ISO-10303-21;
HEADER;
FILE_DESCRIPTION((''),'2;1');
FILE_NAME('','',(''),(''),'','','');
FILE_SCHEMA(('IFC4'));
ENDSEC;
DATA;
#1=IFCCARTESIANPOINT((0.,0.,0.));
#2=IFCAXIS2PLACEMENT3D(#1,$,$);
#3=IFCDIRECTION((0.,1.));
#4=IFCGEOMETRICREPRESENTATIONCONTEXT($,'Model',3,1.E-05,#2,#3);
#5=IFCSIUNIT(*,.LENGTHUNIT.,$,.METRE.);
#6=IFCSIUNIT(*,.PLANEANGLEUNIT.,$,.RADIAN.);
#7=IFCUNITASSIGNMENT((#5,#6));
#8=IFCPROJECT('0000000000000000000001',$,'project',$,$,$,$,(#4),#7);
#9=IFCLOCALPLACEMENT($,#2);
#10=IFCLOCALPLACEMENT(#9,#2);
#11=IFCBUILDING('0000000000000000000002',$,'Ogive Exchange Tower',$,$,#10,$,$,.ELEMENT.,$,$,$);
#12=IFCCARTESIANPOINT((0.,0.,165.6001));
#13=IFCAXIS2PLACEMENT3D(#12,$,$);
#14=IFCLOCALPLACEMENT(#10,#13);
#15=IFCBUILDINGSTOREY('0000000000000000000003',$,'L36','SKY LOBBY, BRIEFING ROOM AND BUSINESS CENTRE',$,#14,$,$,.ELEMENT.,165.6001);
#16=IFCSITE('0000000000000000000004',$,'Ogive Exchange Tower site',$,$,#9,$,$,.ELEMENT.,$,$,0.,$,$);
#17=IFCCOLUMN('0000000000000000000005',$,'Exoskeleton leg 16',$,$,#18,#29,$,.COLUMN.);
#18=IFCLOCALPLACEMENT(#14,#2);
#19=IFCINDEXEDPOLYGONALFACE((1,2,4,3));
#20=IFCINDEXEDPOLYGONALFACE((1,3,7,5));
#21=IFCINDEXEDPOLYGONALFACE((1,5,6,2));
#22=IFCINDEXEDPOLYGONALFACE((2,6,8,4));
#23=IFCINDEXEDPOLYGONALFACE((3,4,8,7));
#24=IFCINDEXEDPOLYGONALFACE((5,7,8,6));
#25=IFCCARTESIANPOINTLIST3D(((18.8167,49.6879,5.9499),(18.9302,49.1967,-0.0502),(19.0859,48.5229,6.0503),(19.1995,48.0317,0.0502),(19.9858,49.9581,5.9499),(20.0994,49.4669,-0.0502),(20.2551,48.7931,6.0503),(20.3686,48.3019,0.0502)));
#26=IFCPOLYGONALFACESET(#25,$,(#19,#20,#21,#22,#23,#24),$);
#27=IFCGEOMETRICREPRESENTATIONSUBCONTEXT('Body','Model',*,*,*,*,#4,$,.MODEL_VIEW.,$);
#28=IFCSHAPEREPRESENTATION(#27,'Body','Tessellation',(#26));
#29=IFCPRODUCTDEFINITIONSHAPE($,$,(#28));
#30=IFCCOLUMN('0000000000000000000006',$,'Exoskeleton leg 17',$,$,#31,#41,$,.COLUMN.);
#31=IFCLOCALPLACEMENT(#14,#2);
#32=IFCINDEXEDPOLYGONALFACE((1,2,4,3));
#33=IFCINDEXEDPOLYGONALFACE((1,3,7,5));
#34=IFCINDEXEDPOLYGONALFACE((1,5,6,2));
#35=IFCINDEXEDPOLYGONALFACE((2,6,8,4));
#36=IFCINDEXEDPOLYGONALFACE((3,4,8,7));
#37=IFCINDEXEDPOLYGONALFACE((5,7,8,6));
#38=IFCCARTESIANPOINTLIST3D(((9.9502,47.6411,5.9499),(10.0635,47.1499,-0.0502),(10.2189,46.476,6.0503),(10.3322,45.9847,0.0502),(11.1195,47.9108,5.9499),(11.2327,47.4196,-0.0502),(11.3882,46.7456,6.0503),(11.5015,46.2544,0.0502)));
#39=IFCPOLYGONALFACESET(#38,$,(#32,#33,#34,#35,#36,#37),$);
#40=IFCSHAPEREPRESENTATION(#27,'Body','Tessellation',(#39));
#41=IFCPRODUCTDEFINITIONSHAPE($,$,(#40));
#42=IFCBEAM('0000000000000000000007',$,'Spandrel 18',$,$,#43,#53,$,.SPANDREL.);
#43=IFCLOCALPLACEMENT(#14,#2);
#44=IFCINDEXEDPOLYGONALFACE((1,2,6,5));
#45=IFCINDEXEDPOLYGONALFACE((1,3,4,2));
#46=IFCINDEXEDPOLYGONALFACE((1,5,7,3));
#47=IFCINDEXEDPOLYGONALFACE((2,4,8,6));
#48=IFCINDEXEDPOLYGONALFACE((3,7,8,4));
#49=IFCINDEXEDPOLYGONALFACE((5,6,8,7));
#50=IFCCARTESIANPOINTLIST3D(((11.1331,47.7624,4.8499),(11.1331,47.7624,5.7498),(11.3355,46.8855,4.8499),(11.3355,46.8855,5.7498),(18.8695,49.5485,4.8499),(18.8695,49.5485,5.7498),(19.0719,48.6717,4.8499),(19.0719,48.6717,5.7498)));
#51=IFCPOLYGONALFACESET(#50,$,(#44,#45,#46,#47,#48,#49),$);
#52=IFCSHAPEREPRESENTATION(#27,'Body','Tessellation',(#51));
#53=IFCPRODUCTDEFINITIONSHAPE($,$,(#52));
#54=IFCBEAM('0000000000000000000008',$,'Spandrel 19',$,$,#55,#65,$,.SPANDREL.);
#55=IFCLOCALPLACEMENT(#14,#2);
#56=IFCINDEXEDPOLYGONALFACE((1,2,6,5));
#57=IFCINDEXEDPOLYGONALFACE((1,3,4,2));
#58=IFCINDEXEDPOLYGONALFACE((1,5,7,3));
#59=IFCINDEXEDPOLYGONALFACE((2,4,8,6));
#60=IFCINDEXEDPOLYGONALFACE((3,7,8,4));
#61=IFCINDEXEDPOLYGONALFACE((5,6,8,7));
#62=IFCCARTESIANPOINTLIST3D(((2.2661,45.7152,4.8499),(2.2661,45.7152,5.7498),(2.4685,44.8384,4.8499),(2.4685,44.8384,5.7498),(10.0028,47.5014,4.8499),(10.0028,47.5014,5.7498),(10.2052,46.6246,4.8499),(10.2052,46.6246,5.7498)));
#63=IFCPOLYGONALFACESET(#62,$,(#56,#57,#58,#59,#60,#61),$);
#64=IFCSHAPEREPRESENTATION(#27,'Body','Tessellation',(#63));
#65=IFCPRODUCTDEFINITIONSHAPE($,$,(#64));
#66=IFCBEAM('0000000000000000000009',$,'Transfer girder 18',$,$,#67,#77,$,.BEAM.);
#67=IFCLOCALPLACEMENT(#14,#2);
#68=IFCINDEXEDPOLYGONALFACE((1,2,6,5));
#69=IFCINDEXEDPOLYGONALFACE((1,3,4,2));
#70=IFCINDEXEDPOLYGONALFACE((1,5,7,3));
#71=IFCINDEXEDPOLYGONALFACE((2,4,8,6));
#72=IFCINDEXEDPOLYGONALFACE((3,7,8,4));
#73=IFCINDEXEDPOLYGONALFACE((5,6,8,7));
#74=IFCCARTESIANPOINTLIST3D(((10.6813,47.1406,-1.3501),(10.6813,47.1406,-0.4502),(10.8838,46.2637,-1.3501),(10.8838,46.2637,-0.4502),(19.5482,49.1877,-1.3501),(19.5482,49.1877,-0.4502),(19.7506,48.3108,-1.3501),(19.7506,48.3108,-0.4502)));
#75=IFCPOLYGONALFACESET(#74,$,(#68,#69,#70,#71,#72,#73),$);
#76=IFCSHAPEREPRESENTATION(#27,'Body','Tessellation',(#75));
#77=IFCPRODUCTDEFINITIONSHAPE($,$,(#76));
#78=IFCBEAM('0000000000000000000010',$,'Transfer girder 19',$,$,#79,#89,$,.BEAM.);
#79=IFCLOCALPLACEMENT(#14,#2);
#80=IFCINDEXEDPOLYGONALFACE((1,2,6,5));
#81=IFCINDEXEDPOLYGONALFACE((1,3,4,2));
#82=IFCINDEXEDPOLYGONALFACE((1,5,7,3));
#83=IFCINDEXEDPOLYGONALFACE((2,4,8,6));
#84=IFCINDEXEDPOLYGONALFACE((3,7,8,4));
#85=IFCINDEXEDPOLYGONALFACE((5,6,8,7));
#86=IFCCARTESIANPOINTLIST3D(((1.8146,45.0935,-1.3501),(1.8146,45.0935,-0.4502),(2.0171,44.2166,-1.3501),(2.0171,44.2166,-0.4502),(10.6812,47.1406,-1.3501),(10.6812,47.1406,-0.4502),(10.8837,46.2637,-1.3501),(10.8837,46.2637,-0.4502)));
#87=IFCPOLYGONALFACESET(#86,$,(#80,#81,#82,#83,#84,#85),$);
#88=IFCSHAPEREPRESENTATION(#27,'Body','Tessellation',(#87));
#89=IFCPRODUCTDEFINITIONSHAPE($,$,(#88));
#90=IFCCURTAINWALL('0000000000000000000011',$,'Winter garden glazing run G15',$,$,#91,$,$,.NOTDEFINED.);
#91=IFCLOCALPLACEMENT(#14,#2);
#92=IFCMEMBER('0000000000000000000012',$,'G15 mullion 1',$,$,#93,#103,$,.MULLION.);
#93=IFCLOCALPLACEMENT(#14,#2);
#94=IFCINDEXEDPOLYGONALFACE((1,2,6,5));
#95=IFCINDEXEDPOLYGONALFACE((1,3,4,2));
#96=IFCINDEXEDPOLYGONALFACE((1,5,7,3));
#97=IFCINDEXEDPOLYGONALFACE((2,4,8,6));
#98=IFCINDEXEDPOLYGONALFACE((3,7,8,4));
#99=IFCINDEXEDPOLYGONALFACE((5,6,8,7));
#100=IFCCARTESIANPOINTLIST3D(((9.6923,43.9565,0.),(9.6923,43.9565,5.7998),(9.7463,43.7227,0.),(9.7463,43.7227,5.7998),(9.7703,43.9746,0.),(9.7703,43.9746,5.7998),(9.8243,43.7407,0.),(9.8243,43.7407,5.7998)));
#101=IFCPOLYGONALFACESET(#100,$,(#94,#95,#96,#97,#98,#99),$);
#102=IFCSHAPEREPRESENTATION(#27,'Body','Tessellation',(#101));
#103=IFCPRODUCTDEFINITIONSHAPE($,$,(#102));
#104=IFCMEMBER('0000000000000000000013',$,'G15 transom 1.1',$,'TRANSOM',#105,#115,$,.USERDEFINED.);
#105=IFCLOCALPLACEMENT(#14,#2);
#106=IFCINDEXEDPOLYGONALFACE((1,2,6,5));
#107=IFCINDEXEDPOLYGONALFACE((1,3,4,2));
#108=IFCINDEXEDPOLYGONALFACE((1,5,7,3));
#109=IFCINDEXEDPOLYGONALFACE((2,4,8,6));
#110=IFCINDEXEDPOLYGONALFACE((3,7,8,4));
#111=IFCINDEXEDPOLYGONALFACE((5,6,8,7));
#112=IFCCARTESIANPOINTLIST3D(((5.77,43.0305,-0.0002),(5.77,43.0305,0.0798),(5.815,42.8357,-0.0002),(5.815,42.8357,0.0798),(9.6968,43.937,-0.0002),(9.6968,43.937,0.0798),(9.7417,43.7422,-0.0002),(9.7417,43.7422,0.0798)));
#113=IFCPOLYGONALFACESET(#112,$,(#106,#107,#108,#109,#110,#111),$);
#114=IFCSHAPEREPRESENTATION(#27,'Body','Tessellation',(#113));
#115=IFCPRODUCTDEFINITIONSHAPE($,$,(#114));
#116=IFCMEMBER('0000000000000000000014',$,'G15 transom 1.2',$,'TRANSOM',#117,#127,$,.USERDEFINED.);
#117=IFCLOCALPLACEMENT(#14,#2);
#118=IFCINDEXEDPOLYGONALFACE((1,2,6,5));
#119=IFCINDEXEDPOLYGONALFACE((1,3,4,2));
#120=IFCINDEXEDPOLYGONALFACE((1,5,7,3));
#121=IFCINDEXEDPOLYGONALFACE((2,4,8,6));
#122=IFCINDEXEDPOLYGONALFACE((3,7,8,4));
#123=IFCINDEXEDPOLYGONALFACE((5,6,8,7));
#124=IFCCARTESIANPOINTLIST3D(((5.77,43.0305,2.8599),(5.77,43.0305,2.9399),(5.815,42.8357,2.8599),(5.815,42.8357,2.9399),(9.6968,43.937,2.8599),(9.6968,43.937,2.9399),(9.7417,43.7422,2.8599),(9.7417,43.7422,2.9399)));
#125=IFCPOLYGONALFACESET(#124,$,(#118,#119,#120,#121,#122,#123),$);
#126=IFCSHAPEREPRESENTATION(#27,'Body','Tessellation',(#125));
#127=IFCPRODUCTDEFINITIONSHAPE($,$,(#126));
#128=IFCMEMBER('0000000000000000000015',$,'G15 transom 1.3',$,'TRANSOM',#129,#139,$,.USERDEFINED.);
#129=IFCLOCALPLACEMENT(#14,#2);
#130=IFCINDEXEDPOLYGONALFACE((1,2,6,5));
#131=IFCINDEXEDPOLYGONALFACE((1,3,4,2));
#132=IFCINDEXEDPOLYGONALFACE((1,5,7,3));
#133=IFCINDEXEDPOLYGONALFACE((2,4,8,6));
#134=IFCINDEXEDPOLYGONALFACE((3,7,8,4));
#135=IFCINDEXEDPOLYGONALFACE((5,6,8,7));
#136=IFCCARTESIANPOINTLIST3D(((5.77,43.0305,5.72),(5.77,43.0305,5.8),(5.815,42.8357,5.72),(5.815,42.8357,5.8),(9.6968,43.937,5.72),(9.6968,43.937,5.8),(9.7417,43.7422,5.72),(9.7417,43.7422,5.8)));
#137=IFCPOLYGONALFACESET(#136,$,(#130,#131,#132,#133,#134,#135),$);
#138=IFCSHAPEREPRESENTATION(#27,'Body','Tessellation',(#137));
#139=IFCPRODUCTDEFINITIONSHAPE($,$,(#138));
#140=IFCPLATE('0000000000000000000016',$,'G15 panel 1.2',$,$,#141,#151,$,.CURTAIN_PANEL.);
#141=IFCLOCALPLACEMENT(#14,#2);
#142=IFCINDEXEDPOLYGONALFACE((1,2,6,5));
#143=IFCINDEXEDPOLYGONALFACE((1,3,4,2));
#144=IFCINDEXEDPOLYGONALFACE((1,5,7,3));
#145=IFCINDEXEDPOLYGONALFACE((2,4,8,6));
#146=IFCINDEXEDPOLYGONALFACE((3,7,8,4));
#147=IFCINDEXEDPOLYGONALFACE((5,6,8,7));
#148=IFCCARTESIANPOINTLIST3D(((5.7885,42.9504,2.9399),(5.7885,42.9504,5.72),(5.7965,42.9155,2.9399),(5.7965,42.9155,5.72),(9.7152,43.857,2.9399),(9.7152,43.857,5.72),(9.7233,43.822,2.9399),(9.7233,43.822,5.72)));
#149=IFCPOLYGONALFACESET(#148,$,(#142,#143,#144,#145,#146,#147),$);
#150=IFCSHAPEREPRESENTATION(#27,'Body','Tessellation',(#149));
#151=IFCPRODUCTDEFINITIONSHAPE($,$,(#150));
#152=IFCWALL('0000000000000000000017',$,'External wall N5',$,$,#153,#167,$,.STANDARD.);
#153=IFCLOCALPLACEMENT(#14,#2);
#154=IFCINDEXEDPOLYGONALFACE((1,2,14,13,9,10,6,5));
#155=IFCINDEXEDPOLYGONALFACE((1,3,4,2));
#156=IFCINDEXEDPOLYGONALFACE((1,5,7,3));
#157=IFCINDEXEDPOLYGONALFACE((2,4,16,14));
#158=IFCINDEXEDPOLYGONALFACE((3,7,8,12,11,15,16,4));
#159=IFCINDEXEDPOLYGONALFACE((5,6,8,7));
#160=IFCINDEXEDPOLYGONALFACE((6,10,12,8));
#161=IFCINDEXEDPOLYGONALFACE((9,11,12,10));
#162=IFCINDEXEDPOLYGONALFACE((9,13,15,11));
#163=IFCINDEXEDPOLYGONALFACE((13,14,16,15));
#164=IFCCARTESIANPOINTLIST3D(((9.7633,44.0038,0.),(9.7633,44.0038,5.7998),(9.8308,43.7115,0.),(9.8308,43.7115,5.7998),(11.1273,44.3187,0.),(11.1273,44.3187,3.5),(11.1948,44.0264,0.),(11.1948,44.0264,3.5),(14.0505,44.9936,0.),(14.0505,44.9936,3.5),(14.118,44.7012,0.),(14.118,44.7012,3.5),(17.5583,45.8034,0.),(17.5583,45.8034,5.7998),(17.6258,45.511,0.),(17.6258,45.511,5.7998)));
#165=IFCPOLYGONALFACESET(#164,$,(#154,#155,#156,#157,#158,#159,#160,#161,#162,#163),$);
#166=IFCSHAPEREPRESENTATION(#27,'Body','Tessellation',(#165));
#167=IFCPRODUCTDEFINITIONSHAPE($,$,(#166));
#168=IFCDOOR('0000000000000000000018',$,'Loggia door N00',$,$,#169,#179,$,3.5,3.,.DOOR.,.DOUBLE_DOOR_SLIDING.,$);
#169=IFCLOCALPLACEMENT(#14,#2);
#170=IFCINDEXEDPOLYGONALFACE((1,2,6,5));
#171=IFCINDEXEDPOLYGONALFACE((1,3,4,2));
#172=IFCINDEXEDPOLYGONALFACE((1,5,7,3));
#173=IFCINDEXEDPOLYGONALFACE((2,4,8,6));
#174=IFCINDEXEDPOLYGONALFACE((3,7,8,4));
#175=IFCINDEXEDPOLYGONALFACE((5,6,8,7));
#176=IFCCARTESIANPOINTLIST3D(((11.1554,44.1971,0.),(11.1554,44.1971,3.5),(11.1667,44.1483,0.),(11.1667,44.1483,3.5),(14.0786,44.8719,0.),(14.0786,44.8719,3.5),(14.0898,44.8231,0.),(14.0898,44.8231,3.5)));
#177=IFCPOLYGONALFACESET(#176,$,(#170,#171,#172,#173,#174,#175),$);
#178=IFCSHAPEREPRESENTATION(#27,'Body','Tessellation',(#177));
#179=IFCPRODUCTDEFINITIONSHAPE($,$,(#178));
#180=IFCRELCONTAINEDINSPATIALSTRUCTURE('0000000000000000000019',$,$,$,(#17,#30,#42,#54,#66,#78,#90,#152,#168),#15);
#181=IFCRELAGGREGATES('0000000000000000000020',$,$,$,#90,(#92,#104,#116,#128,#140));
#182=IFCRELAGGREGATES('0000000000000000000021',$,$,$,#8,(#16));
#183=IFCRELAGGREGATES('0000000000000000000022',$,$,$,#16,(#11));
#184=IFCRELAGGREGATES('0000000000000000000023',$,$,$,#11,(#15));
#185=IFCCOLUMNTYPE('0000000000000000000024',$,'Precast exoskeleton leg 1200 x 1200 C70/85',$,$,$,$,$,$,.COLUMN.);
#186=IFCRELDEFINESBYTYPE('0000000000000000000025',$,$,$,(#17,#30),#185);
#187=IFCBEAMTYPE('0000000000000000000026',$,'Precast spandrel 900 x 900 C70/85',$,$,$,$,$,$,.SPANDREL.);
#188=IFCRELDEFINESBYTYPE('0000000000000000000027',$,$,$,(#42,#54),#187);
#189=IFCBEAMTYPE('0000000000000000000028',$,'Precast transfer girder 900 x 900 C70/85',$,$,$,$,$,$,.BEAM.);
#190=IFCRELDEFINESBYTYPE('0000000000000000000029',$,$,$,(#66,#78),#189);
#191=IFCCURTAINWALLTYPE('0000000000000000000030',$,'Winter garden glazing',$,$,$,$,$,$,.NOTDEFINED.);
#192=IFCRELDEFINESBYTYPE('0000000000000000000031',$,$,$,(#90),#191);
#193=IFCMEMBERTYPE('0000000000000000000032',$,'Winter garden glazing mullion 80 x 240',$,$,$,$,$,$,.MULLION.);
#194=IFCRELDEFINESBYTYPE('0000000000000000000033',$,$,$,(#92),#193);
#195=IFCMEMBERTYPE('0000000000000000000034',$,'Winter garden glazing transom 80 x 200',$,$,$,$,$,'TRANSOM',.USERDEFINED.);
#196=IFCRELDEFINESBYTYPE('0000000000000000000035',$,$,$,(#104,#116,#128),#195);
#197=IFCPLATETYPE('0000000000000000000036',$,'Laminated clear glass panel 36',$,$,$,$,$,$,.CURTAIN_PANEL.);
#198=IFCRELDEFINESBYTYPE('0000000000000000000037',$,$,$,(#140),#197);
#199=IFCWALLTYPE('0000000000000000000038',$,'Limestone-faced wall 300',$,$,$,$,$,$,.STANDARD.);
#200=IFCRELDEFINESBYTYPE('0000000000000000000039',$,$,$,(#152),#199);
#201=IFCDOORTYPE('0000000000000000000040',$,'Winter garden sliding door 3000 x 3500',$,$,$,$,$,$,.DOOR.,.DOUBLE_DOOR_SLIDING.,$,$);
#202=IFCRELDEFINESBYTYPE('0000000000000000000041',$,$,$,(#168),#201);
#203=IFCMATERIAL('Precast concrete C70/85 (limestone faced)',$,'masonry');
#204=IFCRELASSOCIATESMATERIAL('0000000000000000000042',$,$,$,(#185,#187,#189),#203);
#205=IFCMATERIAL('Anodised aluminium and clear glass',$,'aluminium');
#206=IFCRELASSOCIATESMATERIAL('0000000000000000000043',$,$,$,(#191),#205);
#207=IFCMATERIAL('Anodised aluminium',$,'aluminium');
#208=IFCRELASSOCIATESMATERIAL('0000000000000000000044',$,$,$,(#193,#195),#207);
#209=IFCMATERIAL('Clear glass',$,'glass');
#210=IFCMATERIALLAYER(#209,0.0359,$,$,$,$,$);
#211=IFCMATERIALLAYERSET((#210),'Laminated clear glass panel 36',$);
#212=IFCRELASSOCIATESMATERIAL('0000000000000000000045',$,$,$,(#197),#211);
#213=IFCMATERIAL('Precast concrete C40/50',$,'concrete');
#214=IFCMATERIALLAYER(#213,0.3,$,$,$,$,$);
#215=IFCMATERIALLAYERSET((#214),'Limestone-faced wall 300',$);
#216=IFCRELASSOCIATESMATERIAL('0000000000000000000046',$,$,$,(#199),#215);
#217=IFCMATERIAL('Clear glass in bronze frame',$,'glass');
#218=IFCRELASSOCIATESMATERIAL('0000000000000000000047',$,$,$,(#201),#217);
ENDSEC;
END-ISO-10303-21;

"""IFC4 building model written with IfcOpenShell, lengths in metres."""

from ifc_helpers import new_model, si_unit, direction, frame, frame_2d, origin, origin_2d, place, context, subcontext, project, spatial, rectangle, extrude, material, layer, layer_set, material_profile, profile_set, type_object, element, fill, aggregate, save


model = new_model("IFC4")

# Units and contexts
model_context = context("Model", 3, precision=1e-05, world=origin(), true_north=direction((0.0, 1.0)))
body_context = subcontext(model_context, "Body", "Model", "MODEL_VIEW")
ifc_project = project(units=[si_unit("LENGTHUNIT", "METRE"), si_unit("PLANEANGLEUNIT", "RADIAN")], contexts=[model_context])

# Site, building, storey
site_placement = place(None, origin())
site = spatial("IfcSite", under=ifc_project, at=site_placement, Name="Ogive Exchange Tower site", CompositionType="ELEMENT", RefElevation=0.0)
building_placement = place(site_placement, origin())
building = spatial("IfcBuilding", under=site, at=building_placement, Name="Ogive Exchange Tower", CompositionType="ELEMENT")
storey_placement = place(building_placement, frame((0.0, 0.0, 165.6001)))
storey = spatial("IfcBuildingStorey", under=building, at=storey_placement, Name="L36", Description="SKY LOBBY, BRIEFING ROOM AND BUSINESS CENTRE", CompositionType="ELEMENT", Elevation=165.6001)

# Columns
ifc_material_1 = material(Name="Precast concrete C70/85 (limestone faced)", Category="masonry")
ifc_material_profile_1 = material_profile(ifc_material_1, rectangle(XDim=1.2, YDim=1.2, at=origin_2d()), Name="1200 x 1200")
ifc_profile_set_1 = profile_set([ifc_material_profile_1], Name="Precast concrete C70/85 (limestone faced)")
column_type = type_object("IfcColumnType", Name="Precast exoskeleton leg 1200 x 1200 C70/85", PredefinedType="COLUMN", material=ifc_profile_set_1)
for number, where, z_axis, x_axis, name in (
    (1, (19.6494, 48.7493, 0.0), (-0.018854, 0.081581, 0.996488), (-0.974318, -0.225178, 0.0), "Exoskeleton leg 16"),
    (2, (10.7825, 46.7021, 0.0), (-0.018814, 0.081581, 0.996489), (-0.974424, -0.224718, 0.0), "Exoskeleton leg 17"),
):
    element("IfcColumn", number, at=place(storey_placement, frame(where, z_axis=z_axis, x_axis=x_axis)), inside=storey, type_object=column_type, Name=name, PredefinedType="COLUMN", context=body_context, shape_type="SweptSolid", body=[
        extrude(rectangle(XDim=1.2, YDim=1.2, at=origin_2d()), origin(), (0.0, 0.0, 1.0), 6.0212),
    ])

# Beams
ifc_material_profile_2 = material_profile(ifc_material_1, rectangle(XDim=0.8999, YDim=0.8999, at=origin_2d()), Name="900 x 900")
ifc_profile_set_2 = profile_set([ifc_material_profile_2], Name="Precast concrete C70/85 (limestone faced)")
beam_type_1 = type_object("IfcBeamType", Name="Precast spandrel 900 x 900 C70/85", PredefinedType="SPANDREL", material=ifc_profile_set_2)
beam_1_placement = place(storey_placement, frame((18.9707, 49.1101, 5.2998), z_axis=(-0.974368, -0.224958, 0.0), x_axis=(0.224958, -0.974368, 0.0)))
element("IfcBeam", 3, at=beam_1_placement, inside=storey, type_object=beam_type_1, Name="Spandrel 18", PredefinedType="SPANDREL", context=body_context, shape_type="SweptSolid", body=[
    extrude(rectangle(XDim=0.8999, YDim=0.8999, at=origin_2d()), origin(), (0.0, 0.0, 1.0), 7.9399),
])
beam_2_placement = place(storey_placement, frame((10.104, 47.063, 5.2998), z_axis=(-0.97437, -0.224952, 0.0), x_axis=(0.224952, -0.97437, 0.0)))
element("IfcBeam", 4, at=beam_2_placement, inside=storey, type_object=beam_type_1, Name="Spandrel 19", PredefinedType="SPANDREL", context=body_context, shape_type="SweptSolid", body=[
    extrude(rectangle(XDim=0.8999, YDim=0.8999, at=origin_2d()), origin(), (0.0, 0.0, 1.0), 7.9402),
])
ifc_material_profile_3 = material_profile(ifc_material_1, rectangle(XDim=0.8999, YDim=0.8999, at=origin_2d()), Name="900 x 900")
ifc_profile_set_3 = profile_set([ifc_material_profile_3], Name="Precast concrete C70/85 (limestone faced)")
beam_type_2 = type_object("IfcBeamType", Name="Precast transfer girder 900 x 900 C70/85", PredefinedType="BEAM", material=ifc_profile_set_3)
beam_3_placement = place(storey_placement, frame((19.6494, 48.7493, -0.9001), z_axis=(-0.974369, -0.224954, 0.0), x_axis=(0.224954, -0.974369, 0.0)))
element("IfcBeam", 5, at=beam_3_placement, inside=storey, type_object=beam_type_2, Name="Transfer girder 18", PredefinedType="BEAM", context=body_context, shape_type="SweptSolid", body=[
    extrude(rectangle(XDim=0.8999, YDim=0.8999, at=origin_2d()), origin(), (0.0, 0.0, 1.0), 9.1001),
])
beam_4_placement = place(storey_placement, frame((10.7825, 46.7021, -0.9001), z_axis=(-0.974368, -0.224959, 0.0), x_axis=(0.224959, -0.974368, 0.0)))
element("IfcBeam", 6, at=beam_4_placement, inside=storey, type_object=beam_type_2, Name="Transfer girder 19", PredefinedType="BEAM", context=body_context, shape_type="SweptSolid", body=[
    extrude(rectangle(XDim=0.8999, YDim=0.8999, at=origin_2d()), origin(), (0.0, 0.0, 1.0), 9.0999),
])

# Curtain wall, members, plate
ifc_material_2 = material(Name="Anodised aluminium and clear glass", Category="aluminium")
curtain_wall_type = type_object("IfcCurtainWallType", Name="Winter garden glazing", PredefinedType="NOTDEFINED", material=ifc_material_2)
curtain_wall_placement = place(storey_placement, origin())
curtain_wall = element("IfcCurtainWall", 7, at=curtain_wall_placement, inside=storey, type_object=curtain_wall_type, Name="Winter garden glazing run G15", PredefinedType="NOTDEFINED")
ifc_material_3 = material(Name="Anodised aluminium", Category="aluminium")
ifc_material_profile_4 = material_profile(ifc_material_3, rectangle(XDim=0.24, YDim=0.0801, at=origin_2d()), Name="AL 80x240")
ifc_profile_set_4 = profile_set([ifc_material_profile_4], Name="Anodised aluminium")
member_type_1 = type_object("IfcMemberType", Name="Winter garden glazing mullion 80 x 240", PredefinedType="MULLION", material=ifc_profile_set_4)
member_1_placement = place(storey_placement, frame((9.7583, 43.8486, 0.0), z_axis=(0.0, 0.0, 1.0), x_axis=(0.224951, -0.97437, 0.0)))
member_1 = element("IfcMember", 8, at=member_1_placement, type_object=member_type_1, Name="G15 mullion 1", PredefinedType="MULLION", context=body_context, shape_type="SweptSolid", body=[
    extrude(rectangle(XDim=0.24, YDim=0.0801, at=origin_2d()), origin(), (0.0, 0.0, 1.0), 5.7998),
])
ifc_material_profile_5 = material_profile(ifc_material_3, rectangle(XDim=0.2, YDim=0.0801, at=origin_2d()), Name="AL 80x200")
ifc_profile_set_5 = profile_set([ifc_material_profile_5], Name="Anodised aluminium")
member_type_2 = type_object("IfcMemberType", Name="Winter garden glazing transom 80 x 200", ElementType="TRANSOM", PredefinedType="USERDEFINED", material=ifc_profile_set_5)
member_2_placement = place(storey_placement, frame((9.7192, 43.8396, 0.0398), z_axis=(-0.974374, -0.224935, 0.0), x_axis=(0.224935, -0.974374, 0.0)))
member_2 = element("IfcMember", 9, at=member_2_placement, type_object=member_type_2, Name="G15 transom 1.1", ObjectType="TRANSOM", PredefinedType="USERDEFINED", context=body_context, shape_type="SweptSolid", body=[
    extrude(rectangle(XDim=0.2, YDim=0.0801, at=origin_2d()), origin(), (0.0, 0.0, 1.0), 4.03),
])
member_3_placement = place(storey_placement, frame((9.7192, 43.8396, 2.8999), z_axis=(-0.974374, -0.224935, 0.0), x_axis=(0.224935, -0.974374, 0.0)))
member_3 = element("IfcMember", 10, at=member_3_placement, type_object=member_type_2, Name="G15 transom 1.2", ObjectType="TRANSOM", PredefinedType="USERDEFINED", context=body_context, shape_type="SweptSolid", body=[
    extrude(rectangle(XDim=0.2, YDim=0.0801, at=origin_2d()), origin(), (0.0, 0.0, 1.0), 4.03),
])
member_4_placement = place(storey_placement, frame((9.7192, 43.8396, 5.76), z_axis=(-0.974374, -0.224935, 0.0), x_axis=(0.224935, -0.974374, 0.0)))
member_4 = element("IfcMember", 11, at=member_4_placement, type_object=member_type_2, Name="G15 transom 1.3", ObjectType="TRANSOM", PredefinedType="USERDEFINED", context=body_context, shape_type="SweptSolid", body=[
    extrude(rectangle(XDim=0.2, YDim=0.0801, at=origin_2d()), origin(), (0.0, 0.0, 1.0), 4.03),
])
ifc_material_4 = material(Name="Clear glass", Category="glass")
ifc_layer_1 = layer(ifc_material_4, 0.0359)
ifc_layer_set_1 = layer_set([ifc_layer_1], Name="Laminated clear glass panel 36")
plate_type = type_object("IfcPlateType", Name="Laminated clear glass panel 36", PredefinedType="CURTAIN_PANEL", material=ifc_layer_set_1)
plate_placement = place(storey_placement, frame((7.7559, 43.3862, 2.9399), z_axis=(0.0, 0.0, 1.0), x_axis=(-0.97437, -0.224951, 0.0)))
plate = element("IfcPlate", 12, at=plate_placement, type_object=plate_type, Name="G15 panel 1.2", PredefinedType="CURTAIN_PANEL", context=body_context, shape_type="SweptSolid", body=[
    extrude(rectangle(XDim=4.03, YDim=0.0359, at=origin_2d()), origin(), (0.0, 0.0, 1.0), 2.78),
])
aggregate(curtain_wall, [member_1, member_2, member_3, member_4, plate])

# Wall, opening, door
ifc_material_5 = material(Name="Precast concrete C40/50", Category="concrete")
ifc_layer_2 = layer(ifc_material_5, 0.3)
ifc_layer_set_2 = layer_set([ifc_layer_2], Name="Limestone-faced wall 300")
wall_type_1 = type_object("IfcWallType", Name="Limestone-faced wall 300", PredefinedType="STANDARD", material=ifc_layer_set_2)
wall_1_placement = place(storey_placement, frame((17.592, 45.6572, 0.0), z_axis=(0.0, 0.0, 1.0), x_axis=(-0.974371, -0.224946, 0.0)))
wall_1 = element("IfcWall", 13, at=wall_1_placement, inside=storey, type_object=wall_type_1, Name="External wall N5", PredefinedType="STANDARD", context=body_context, shape_type="SweptSolid", body=[
    extrude(rectangle(XDim=8.0, YDim=0.3, at=frame_2d((4.0, 0.0))), origin(), (0.0, 0.0, 1.0), 5.7998),
])
opening_1_placement = place(wall_1_placement, frame((3.6001, 0.0, 0.0)))
opening_1 = element("IfcOpeningElement", 14, at=opening_1_placement, cuts=wall_1, PredefinedType="OPENING", context=body_context, shape_type="SweptSolid", body=[
    extrude(rectangle(XDim=3.0, YDim=3.5, at=frame_2d((1.5, 1.75))), frame((0.0, 0.1599, 0.0), z_axis=(0.0, -1.0, 0.0), x_axis=(1.0, 0.0, 0.0)), (0.0, 0.0, 1.0), 0.3201),
])
ifc_material_6 = material(Name="Clear glass in bronze frame", Category="glass")
door_type_1 = type_object("IfcDoorType", Name="Winter garden sliding door 3000 x 3500", OperationType="DOUBLE_DOOR_SLIDING", PredefinedType="DOOR", material=ifc_material_6)
door_1_placement = place(opening_1_placement, origin())
door_1 = element("IfcDoor", 15, at=door_1_placement, inside=storey, type_object=door_type_1, Name="Loggia door N00", OperationType="DOUBLE_DOOR_SLIDING", OverallHeight=3.5, OverallWidth=3.0, PredefinedType="DOOR", context=body_context, shape_type="SweptSolid", body=[
    extrude(rectangle(XDim=3.0, YDim=3.5, at=frame_2d((1.5, 1.75))), frame((0.0, 0.0249, 0.0), z_axis=(0.0, -1.0, 0.0), x_axis=(1.0, 0.0, 0.0)), (0.0, 0.0, 1.0), 0.05),
])
fill(opening_1, door_1)

save(model, "model.ifc")
